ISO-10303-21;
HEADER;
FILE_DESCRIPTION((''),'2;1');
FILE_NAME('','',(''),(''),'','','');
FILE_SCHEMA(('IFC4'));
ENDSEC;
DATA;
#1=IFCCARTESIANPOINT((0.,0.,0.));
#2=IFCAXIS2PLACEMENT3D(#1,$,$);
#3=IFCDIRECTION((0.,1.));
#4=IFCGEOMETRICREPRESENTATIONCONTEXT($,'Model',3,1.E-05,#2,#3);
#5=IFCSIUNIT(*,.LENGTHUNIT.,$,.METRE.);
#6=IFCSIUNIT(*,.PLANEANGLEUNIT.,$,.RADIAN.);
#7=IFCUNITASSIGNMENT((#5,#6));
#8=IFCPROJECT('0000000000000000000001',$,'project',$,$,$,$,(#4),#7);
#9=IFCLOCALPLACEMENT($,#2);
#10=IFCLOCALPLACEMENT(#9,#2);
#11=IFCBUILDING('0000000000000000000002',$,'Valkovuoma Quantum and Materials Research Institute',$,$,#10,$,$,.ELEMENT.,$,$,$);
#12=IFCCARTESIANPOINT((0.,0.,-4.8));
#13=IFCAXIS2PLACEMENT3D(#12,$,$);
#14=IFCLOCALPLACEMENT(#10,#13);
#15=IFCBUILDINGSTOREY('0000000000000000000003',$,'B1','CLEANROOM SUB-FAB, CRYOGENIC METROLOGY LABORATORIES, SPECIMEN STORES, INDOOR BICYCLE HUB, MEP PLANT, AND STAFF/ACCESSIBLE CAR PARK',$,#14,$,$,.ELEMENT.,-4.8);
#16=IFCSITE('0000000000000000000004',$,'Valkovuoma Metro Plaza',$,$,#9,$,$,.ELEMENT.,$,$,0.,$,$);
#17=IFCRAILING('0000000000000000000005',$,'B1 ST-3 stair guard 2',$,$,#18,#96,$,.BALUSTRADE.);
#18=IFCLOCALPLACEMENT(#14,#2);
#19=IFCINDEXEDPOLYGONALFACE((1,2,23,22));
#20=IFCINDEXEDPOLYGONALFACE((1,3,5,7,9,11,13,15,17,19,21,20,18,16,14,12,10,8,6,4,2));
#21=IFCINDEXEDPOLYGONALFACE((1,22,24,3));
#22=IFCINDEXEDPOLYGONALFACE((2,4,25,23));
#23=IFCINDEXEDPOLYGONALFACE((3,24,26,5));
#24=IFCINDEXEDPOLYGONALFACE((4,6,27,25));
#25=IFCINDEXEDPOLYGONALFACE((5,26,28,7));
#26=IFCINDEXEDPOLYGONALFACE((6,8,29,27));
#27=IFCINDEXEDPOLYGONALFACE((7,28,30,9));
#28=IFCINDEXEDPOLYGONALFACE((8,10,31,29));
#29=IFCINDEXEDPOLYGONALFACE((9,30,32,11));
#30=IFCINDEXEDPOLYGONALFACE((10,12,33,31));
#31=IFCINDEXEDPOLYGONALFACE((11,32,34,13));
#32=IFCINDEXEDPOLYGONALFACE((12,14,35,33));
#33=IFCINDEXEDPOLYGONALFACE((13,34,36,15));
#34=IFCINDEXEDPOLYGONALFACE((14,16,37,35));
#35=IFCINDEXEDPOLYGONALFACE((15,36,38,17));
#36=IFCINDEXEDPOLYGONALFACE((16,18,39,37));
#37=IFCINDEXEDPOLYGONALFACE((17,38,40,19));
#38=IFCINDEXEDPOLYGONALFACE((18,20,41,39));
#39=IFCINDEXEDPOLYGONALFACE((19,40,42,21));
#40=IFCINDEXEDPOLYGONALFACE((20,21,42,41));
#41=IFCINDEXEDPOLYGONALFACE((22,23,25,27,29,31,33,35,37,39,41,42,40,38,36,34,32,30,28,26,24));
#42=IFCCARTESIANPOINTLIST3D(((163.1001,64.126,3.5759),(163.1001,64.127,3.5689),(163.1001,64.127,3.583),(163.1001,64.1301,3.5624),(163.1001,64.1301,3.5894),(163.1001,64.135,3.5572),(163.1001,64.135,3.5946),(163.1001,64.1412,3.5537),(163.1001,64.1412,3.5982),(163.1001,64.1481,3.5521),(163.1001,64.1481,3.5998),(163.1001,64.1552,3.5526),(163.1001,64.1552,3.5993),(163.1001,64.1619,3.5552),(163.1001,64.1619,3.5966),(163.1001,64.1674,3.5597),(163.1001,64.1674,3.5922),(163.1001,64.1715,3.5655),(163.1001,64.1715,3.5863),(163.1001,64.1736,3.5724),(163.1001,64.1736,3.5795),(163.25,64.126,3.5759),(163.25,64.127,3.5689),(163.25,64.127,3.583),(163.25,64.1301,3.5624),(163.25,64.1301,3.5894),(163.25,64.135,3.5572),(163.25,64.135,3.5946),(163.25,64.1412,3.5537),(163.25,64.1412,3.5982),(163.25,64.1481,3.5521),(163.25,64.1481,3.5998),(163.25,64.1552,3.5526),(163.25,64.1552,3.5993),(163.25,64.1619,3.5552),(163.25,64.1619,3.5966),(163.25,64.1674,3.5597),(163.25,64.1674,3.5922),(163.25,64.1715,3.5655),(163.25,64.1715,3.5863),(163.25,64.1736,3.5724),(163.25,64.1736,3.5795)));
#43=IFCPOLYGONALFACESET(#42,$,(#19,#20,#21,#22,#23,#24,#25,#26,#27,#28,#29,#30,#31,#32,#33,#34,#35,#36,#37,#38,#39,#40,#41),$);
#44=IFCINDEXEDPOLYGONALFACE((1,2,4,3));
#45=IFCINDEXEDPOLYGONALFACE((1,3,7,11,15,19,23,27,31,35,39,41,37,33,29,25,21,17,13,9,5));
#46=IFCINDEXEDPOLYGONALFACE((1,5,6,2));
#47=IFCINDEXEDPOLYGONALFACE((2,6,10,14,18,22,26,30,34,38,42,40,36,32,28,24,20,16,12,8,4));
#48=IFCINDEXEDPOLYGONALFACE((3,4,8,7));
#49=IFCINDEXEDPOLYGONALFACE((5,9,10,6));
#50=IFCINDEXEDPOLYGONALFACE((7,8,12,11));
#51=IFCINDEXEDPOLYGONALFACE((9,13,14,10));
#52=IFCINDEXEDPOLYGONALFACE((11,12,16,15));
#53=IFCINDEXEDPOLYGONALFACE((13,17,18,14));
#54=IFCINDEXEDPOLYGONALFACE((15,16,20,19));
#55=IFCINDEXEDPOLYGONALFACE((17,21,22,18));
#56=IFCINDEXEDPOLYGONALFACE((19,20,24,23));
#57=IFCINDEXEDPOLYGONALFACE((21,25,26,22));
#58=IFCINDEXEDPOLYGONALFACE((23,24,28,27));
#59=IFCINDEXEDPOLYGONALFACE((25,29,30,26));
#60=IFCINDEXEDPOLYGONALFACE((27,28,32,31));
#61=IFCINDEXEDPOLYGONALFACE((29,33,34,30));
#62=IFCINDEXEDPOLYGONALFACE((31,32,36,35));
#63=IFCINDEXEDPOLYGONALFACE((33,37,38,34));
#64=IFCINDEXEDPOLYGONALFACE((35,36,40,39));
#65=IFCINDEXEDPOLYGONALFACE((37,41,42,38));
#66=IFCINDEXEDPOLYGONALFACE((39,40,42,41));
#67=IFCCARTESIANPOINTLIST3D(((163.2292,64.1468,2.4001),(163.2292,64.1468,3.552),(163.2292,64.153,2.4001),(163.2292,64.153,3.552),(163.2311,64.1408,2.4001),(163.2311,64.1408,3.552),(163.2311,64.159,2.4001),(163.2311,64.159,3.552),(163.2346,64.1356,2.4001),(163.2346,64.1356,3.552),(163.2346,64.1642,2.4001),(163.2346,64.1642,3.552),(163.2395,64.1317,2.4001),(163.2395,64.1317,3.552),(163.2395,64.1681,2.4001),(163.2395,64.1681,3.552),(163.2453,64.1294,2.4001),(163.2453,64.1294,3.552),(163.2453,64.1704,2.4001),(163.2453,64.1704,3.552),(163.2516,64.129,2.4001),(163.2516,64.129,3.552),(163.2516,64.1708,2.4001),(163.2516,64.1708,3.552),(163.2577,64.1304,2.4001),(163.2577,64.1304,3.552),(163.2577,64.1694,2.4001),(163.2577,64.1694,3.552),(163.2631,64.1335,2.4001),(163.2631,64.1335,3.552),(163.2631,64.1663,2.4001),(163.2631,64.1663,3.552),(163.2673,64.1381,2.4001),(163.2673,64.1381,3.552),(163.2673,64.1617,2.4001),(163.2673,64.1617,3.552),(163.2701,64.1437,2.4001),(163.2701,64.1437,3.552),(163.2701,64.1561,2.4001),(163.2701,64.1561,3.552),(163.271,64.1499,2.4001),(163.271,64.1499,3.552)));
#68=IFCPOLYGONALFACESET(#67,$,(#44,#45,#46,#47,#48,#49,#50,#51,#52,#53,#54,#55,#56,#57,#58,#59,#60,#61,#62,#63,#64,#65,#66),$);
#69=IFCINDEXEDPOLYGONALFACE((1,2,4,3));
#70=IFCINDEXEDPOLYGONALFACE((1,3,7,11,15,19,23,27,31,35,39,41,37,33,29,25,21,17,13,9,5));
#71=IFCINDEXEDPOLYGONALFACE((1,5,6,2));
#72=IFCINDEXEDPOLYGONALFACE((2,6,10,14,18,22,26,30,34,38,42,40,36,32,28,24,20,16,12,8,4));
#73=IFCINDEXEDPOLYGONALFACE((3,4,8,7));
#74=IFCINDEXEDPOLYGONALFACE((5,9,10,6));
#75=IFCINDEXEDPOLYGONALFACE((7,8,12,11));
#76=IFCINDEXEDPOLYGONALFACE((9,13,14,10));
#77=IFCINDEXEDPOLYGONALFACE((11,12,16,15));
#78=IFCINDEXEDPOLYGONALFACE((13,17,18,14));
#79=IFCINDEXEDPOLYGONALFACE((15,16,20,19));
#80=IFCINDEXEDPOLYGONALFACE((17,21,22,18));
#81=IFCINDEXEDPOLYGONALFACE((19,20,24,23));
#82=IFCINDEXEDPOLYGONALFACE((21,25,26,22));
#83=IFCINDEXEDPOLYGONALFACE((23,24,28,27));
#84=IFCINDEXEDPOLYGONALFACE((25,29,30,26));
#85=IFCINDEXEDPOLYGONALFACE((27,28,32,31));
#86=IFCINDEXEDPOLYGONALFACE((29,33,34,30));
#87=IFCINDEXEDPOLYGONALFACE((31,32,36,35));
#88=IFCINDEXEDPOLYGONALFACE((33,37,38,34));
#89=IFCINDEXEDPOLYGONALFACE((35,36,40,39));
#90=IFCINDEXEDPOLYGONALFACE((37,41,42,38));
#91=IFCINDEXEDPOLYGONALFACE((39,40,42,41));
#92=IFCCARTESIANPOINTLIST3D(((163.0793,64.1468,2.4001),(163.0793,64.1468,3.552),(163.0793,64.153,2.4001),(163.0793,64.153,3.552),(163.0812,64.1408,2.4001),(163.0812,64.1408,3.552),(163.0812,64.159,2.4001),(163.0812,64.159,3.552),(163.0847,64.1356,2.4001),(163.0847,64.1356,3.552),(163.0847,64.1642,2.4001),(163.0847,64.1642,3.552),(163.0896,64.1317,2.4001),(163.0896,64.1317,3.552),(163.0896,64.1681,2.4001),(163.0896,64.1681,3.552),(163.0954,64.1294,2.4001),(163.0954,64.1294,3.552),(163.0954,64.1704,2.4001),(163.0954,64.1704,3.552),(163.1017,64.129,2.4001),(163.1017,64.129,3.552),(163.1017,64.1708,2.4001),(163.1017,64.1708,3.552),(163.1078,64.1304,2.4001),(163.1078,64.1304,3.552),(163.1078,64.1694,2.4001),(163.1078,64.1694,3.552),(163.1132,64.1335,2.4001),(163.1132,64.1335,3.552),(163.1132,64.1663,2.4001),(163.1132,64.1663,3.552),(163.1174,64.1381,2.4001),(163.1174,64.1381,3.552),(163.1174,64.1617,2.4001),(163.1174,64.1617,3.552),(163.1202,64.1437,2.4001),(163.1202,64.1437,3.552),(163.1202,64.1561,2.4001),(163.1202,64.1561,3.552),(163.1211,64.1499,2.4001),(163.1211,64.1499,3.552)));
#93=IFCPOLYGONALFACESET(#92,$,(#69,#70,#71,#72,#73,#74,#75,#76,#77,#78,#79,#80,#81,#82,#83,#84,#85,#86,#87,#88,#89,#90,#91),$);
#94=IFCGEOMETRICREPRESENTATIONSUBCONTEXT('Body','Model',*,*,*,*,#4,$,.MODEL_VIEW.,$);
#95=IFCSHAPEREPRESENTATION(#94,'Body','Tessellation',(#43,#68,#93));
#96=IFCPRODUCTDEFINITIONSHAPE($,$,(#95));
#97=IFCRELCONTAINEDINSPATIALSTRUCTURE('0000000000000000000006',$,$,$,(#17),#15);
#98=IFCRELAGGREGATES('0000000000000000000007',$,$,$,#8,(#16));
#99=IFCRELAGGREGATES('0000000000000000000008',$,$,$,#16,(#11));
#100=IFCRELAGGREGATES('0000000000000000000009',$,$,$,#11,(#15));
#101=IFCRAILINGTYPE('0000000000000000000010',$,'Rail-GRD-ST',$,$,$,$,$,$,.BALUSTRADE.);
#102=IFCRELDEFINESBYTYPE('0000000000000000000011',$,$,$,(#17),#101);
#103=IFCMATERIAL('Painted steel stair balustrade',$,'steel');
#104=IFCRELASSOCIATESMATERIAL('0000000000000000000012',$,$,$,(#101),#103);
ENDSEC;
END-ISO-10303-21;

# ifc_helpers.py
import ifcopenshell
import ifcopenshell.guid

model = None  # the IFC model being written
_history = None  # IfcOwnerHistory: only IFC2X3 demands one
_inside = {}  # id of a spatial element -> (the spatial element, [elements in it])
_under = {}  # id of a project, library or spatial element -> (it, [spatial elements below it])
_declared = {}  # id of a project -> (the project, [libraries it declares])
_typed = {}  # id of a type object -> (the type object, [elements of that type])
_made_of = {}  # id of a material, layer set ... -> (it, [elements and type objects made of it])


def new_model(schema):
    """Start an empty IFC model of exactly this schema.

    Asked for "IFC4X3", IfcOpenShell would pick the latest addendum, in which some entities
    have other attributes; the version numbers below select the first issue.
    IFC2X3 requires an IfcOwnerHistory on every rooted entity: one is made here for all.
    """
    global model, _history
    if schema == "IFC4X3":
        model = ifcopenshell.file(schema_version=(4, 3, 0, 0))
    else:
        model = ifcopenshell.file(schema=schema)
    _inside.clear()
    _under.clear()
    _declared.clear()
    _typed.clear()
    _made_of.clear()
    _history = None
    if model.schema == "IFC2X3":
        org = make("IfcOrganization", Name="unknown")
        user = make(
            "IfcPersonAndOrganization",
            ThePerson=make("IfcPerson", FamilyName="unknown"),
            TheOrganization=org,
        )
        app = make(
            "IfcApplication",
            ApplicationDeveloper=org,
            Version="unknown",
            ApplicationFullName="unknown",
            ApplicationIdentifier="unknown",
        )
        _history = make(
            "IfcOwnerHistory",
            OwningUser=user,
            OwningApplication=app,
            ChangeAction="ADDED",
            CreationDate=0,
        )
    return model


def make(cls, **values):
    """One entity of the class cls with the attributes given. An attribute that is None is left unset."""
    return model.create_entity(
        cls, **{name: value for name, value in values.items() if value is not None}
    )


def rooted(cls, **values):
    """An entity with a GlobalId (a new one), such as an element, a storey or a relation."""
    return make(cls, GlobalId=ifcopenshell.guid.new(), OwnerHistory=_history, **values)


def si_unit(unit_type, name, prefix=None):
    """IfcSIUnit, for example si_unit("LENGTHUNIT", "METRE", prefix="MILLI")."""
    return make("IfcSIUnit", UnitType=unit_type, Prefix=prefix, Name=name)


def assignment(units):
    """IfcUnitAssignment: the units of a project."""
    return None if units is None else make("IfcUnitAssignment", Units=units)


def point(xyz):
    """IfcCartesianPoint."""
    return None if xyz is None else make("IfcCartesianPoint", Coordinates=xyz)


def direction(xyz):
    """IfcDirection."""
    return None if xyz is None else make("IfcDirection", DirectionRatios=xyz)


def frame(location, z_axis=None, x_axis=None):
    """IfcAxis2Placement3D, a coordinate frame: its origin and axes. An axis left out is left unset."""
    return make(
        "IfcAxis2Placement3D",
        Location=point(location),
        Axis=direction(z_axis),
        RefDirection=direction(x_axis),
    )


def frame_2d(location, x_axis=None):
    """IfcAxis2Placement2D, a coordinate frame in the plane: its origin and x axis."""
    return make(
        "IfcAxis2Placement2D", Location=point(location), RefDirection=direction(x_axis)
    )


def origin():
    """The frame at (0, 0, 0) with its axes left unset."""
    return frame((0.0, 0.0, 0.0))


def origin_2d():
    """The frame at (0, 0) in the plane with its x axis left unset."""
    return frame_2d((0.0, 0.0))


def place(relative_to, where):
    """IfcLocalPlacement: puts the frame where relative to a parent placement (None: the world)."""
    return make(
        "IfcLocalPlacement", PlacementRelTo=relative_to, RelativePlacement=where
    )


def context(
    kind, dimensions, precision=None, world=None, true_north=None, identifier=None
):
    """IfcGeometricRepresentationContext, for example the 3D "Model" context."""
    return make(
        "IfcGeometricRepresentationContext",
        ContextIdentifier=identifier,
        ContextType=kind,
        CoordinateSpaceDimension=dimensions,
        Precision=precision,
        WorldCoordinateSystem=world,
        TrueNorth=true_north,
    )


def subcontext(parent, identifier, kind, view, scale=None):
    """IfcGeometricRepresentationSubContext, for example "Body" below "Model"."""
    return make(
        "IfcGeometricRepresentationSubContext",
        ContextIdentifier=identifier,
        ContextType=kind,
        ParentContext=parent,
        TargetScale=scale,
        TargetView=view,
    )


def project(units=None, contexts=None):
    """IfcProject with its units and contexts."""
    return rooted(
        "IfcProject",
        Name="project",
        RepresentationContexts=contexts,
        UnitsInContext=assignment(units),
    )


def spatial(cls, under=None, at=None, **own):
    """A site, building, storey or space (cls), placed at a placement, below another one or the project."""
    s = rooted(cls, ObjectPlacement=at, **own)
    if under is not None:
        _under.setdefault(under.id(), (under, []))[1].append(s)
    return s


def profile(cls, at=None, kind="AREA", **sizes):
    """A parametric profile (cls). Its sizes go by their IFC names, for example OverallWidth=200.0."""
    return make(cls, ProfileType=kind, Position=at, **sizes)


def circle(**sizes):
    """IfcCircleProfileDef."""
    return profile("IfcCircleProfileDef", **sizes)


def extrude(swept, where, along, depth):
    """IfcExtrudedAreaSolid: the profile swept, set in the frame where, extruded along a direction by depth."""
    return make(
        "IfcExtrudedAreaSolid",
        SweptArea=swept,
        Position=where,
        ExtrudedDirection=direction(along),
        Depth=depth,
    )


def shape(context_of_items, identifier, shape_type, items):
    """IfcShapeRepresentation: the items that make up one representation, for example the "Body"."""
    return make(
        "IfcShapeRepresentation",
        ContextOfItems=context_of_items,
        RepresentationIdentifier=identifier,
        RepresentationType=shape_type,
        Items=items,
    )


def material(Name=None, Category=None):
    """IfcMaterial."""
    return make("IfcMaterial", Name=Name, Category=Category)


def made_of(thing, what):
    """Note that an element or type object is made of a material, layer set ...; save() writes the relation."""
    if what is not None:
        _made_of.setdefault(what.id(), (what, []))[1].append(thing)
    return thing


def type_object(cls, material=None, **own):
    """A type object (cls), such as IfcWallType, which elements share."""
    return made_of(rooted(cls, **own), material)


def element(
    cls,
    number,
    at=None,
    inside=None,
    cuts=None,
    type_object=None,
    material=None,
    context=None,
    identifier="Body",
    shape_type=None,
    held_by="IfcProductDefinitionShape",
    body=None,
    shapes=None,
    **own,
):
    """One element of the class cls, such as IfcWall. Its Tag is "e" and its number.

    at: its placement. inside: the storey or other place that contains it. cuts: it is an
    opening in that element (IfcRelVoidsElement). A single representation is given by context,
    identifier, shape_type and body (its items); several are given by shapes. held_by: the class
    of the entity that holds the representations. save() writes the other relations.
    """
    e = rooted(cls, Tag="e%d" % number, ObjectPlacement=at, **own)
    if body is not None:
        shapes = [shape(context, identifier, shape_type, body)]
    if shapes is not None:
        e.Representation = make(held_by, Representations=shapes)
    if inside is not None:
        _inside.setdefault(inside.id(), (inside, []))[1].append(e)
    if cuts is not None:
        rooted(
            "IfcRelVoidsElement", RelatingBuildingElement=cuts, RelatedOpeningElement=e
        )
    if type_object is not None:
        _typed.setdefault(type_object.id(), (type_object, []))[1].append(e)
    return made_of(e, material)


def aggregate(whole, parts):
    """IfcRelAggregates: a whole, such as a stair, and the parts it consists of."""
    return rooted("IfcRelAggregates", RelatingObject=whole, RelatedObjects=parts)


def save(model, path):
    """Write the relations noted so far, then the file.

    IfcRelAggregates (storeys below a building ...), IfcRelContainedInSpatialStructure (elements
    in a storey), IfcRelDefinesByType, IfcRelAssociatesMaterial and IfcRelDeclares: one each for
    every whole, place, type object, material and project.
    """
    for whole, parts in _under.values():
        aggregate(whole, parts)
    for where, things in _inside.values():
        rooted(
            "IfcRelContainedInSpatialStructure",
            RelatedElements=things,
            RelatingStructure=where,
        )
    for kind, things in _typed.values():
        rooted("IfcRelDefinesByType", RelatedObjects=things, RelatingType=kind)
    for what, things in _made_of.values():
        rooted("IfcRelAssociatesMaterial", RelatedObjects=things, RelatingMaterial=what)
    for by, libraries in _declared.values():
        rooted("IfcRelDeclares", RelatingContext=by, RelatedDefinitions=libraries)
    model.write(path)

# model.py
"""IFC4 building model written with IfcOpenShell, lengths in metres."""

from ifc_helpers import new_model, si_unit, direction, frame, origin, origin_2d, place, context, subcontext, project, spatial, circle, extrude, material, type_object, element, save


model = new_model("IFC4")

# Units and contexts
model_context = context("Model", 3, precision=1e-05, world=origin(), true_north=direction((0.0, 1.0)))
body_context = subcontext(model_context, "Body", "Model", "MODEL_VIEW")
ifc_project = project(units=[si_unit("LENGTHUNIT", "METRE"), si_unit("PLANEANGLEUNIT", "RADIAN")], contexts=[model_context])

# Site, building, storey
site_placement = place(None, origin())
site = spatial("IfcSite", under=ifc_project, at=site_placement, Name="Valkovuoma Metro Plaza", CompositionType="ELEMENT", RefElevation=0.0)
building_placement = place(site_placement, origin())
building = spatial("IfcBuilding", under=site, at=building_placement, Name="Valkovuoma Quantum and Materials Research Institute", CompositionType="ELEMENT")
storey_placement = place(building_placement, frame((0.0, 0.0, -4.8)))
storey = spatial("IfcBuildingStorey", under=building, at=storey_placement, Name="B1", Description="CLEANROOM SUB-FAB, CRYOGENIC METROLOGY LABORATORIES, SPECIMEN STORES, INDOOR BICYCLE HUB, MEP PLANT, AND STAFF/ACCESSIBLE CAR PARK", CompositionType="ELEMENT", Elevation=-4.8)

# Railing
ifc_material_1 = material(Name="Painted steel stair balustrade", Category="steel")
railing_type_1 = type_object("IfcRailingType", Name="Rail-GRD-ST", PredefinedType="BALUSTRADE", material=ifc_material_1)
railing_1_placement = place(storey_placement, frame((163.25, 64.1499, 2.4001)))
element("IfcRailing", 1, at=railing_1_placement, inside=storey, type_object=railing_type_1, Name="B1 ST-3 stair guard 2", PredefinedType="BALUSTRADE", context=body_context, shape_type="SweptSolid", body=[
    extrude(circle(Radius=0.0239, at=origin_2d()), frame((0.0, 0.0, 1.1758), z_axis=(-1.0, 0.0, 0.0), x_axis=(0.0, -1.0, 0.0)), (0.0, 0.0, 1.0), 0.1499),
    extrude(circle(Radius=0.021, at=origin_2d()), origin(), (0.0, 0.0, 1.0), 1.1519),
    extrude(circle(Radius=0.021, at=origin_2d()), frame((-0.1499, 0.0, 0.0)), (0.0, 0.0, 1.0), 1.1519),
])

save(model, "model.ifc")
